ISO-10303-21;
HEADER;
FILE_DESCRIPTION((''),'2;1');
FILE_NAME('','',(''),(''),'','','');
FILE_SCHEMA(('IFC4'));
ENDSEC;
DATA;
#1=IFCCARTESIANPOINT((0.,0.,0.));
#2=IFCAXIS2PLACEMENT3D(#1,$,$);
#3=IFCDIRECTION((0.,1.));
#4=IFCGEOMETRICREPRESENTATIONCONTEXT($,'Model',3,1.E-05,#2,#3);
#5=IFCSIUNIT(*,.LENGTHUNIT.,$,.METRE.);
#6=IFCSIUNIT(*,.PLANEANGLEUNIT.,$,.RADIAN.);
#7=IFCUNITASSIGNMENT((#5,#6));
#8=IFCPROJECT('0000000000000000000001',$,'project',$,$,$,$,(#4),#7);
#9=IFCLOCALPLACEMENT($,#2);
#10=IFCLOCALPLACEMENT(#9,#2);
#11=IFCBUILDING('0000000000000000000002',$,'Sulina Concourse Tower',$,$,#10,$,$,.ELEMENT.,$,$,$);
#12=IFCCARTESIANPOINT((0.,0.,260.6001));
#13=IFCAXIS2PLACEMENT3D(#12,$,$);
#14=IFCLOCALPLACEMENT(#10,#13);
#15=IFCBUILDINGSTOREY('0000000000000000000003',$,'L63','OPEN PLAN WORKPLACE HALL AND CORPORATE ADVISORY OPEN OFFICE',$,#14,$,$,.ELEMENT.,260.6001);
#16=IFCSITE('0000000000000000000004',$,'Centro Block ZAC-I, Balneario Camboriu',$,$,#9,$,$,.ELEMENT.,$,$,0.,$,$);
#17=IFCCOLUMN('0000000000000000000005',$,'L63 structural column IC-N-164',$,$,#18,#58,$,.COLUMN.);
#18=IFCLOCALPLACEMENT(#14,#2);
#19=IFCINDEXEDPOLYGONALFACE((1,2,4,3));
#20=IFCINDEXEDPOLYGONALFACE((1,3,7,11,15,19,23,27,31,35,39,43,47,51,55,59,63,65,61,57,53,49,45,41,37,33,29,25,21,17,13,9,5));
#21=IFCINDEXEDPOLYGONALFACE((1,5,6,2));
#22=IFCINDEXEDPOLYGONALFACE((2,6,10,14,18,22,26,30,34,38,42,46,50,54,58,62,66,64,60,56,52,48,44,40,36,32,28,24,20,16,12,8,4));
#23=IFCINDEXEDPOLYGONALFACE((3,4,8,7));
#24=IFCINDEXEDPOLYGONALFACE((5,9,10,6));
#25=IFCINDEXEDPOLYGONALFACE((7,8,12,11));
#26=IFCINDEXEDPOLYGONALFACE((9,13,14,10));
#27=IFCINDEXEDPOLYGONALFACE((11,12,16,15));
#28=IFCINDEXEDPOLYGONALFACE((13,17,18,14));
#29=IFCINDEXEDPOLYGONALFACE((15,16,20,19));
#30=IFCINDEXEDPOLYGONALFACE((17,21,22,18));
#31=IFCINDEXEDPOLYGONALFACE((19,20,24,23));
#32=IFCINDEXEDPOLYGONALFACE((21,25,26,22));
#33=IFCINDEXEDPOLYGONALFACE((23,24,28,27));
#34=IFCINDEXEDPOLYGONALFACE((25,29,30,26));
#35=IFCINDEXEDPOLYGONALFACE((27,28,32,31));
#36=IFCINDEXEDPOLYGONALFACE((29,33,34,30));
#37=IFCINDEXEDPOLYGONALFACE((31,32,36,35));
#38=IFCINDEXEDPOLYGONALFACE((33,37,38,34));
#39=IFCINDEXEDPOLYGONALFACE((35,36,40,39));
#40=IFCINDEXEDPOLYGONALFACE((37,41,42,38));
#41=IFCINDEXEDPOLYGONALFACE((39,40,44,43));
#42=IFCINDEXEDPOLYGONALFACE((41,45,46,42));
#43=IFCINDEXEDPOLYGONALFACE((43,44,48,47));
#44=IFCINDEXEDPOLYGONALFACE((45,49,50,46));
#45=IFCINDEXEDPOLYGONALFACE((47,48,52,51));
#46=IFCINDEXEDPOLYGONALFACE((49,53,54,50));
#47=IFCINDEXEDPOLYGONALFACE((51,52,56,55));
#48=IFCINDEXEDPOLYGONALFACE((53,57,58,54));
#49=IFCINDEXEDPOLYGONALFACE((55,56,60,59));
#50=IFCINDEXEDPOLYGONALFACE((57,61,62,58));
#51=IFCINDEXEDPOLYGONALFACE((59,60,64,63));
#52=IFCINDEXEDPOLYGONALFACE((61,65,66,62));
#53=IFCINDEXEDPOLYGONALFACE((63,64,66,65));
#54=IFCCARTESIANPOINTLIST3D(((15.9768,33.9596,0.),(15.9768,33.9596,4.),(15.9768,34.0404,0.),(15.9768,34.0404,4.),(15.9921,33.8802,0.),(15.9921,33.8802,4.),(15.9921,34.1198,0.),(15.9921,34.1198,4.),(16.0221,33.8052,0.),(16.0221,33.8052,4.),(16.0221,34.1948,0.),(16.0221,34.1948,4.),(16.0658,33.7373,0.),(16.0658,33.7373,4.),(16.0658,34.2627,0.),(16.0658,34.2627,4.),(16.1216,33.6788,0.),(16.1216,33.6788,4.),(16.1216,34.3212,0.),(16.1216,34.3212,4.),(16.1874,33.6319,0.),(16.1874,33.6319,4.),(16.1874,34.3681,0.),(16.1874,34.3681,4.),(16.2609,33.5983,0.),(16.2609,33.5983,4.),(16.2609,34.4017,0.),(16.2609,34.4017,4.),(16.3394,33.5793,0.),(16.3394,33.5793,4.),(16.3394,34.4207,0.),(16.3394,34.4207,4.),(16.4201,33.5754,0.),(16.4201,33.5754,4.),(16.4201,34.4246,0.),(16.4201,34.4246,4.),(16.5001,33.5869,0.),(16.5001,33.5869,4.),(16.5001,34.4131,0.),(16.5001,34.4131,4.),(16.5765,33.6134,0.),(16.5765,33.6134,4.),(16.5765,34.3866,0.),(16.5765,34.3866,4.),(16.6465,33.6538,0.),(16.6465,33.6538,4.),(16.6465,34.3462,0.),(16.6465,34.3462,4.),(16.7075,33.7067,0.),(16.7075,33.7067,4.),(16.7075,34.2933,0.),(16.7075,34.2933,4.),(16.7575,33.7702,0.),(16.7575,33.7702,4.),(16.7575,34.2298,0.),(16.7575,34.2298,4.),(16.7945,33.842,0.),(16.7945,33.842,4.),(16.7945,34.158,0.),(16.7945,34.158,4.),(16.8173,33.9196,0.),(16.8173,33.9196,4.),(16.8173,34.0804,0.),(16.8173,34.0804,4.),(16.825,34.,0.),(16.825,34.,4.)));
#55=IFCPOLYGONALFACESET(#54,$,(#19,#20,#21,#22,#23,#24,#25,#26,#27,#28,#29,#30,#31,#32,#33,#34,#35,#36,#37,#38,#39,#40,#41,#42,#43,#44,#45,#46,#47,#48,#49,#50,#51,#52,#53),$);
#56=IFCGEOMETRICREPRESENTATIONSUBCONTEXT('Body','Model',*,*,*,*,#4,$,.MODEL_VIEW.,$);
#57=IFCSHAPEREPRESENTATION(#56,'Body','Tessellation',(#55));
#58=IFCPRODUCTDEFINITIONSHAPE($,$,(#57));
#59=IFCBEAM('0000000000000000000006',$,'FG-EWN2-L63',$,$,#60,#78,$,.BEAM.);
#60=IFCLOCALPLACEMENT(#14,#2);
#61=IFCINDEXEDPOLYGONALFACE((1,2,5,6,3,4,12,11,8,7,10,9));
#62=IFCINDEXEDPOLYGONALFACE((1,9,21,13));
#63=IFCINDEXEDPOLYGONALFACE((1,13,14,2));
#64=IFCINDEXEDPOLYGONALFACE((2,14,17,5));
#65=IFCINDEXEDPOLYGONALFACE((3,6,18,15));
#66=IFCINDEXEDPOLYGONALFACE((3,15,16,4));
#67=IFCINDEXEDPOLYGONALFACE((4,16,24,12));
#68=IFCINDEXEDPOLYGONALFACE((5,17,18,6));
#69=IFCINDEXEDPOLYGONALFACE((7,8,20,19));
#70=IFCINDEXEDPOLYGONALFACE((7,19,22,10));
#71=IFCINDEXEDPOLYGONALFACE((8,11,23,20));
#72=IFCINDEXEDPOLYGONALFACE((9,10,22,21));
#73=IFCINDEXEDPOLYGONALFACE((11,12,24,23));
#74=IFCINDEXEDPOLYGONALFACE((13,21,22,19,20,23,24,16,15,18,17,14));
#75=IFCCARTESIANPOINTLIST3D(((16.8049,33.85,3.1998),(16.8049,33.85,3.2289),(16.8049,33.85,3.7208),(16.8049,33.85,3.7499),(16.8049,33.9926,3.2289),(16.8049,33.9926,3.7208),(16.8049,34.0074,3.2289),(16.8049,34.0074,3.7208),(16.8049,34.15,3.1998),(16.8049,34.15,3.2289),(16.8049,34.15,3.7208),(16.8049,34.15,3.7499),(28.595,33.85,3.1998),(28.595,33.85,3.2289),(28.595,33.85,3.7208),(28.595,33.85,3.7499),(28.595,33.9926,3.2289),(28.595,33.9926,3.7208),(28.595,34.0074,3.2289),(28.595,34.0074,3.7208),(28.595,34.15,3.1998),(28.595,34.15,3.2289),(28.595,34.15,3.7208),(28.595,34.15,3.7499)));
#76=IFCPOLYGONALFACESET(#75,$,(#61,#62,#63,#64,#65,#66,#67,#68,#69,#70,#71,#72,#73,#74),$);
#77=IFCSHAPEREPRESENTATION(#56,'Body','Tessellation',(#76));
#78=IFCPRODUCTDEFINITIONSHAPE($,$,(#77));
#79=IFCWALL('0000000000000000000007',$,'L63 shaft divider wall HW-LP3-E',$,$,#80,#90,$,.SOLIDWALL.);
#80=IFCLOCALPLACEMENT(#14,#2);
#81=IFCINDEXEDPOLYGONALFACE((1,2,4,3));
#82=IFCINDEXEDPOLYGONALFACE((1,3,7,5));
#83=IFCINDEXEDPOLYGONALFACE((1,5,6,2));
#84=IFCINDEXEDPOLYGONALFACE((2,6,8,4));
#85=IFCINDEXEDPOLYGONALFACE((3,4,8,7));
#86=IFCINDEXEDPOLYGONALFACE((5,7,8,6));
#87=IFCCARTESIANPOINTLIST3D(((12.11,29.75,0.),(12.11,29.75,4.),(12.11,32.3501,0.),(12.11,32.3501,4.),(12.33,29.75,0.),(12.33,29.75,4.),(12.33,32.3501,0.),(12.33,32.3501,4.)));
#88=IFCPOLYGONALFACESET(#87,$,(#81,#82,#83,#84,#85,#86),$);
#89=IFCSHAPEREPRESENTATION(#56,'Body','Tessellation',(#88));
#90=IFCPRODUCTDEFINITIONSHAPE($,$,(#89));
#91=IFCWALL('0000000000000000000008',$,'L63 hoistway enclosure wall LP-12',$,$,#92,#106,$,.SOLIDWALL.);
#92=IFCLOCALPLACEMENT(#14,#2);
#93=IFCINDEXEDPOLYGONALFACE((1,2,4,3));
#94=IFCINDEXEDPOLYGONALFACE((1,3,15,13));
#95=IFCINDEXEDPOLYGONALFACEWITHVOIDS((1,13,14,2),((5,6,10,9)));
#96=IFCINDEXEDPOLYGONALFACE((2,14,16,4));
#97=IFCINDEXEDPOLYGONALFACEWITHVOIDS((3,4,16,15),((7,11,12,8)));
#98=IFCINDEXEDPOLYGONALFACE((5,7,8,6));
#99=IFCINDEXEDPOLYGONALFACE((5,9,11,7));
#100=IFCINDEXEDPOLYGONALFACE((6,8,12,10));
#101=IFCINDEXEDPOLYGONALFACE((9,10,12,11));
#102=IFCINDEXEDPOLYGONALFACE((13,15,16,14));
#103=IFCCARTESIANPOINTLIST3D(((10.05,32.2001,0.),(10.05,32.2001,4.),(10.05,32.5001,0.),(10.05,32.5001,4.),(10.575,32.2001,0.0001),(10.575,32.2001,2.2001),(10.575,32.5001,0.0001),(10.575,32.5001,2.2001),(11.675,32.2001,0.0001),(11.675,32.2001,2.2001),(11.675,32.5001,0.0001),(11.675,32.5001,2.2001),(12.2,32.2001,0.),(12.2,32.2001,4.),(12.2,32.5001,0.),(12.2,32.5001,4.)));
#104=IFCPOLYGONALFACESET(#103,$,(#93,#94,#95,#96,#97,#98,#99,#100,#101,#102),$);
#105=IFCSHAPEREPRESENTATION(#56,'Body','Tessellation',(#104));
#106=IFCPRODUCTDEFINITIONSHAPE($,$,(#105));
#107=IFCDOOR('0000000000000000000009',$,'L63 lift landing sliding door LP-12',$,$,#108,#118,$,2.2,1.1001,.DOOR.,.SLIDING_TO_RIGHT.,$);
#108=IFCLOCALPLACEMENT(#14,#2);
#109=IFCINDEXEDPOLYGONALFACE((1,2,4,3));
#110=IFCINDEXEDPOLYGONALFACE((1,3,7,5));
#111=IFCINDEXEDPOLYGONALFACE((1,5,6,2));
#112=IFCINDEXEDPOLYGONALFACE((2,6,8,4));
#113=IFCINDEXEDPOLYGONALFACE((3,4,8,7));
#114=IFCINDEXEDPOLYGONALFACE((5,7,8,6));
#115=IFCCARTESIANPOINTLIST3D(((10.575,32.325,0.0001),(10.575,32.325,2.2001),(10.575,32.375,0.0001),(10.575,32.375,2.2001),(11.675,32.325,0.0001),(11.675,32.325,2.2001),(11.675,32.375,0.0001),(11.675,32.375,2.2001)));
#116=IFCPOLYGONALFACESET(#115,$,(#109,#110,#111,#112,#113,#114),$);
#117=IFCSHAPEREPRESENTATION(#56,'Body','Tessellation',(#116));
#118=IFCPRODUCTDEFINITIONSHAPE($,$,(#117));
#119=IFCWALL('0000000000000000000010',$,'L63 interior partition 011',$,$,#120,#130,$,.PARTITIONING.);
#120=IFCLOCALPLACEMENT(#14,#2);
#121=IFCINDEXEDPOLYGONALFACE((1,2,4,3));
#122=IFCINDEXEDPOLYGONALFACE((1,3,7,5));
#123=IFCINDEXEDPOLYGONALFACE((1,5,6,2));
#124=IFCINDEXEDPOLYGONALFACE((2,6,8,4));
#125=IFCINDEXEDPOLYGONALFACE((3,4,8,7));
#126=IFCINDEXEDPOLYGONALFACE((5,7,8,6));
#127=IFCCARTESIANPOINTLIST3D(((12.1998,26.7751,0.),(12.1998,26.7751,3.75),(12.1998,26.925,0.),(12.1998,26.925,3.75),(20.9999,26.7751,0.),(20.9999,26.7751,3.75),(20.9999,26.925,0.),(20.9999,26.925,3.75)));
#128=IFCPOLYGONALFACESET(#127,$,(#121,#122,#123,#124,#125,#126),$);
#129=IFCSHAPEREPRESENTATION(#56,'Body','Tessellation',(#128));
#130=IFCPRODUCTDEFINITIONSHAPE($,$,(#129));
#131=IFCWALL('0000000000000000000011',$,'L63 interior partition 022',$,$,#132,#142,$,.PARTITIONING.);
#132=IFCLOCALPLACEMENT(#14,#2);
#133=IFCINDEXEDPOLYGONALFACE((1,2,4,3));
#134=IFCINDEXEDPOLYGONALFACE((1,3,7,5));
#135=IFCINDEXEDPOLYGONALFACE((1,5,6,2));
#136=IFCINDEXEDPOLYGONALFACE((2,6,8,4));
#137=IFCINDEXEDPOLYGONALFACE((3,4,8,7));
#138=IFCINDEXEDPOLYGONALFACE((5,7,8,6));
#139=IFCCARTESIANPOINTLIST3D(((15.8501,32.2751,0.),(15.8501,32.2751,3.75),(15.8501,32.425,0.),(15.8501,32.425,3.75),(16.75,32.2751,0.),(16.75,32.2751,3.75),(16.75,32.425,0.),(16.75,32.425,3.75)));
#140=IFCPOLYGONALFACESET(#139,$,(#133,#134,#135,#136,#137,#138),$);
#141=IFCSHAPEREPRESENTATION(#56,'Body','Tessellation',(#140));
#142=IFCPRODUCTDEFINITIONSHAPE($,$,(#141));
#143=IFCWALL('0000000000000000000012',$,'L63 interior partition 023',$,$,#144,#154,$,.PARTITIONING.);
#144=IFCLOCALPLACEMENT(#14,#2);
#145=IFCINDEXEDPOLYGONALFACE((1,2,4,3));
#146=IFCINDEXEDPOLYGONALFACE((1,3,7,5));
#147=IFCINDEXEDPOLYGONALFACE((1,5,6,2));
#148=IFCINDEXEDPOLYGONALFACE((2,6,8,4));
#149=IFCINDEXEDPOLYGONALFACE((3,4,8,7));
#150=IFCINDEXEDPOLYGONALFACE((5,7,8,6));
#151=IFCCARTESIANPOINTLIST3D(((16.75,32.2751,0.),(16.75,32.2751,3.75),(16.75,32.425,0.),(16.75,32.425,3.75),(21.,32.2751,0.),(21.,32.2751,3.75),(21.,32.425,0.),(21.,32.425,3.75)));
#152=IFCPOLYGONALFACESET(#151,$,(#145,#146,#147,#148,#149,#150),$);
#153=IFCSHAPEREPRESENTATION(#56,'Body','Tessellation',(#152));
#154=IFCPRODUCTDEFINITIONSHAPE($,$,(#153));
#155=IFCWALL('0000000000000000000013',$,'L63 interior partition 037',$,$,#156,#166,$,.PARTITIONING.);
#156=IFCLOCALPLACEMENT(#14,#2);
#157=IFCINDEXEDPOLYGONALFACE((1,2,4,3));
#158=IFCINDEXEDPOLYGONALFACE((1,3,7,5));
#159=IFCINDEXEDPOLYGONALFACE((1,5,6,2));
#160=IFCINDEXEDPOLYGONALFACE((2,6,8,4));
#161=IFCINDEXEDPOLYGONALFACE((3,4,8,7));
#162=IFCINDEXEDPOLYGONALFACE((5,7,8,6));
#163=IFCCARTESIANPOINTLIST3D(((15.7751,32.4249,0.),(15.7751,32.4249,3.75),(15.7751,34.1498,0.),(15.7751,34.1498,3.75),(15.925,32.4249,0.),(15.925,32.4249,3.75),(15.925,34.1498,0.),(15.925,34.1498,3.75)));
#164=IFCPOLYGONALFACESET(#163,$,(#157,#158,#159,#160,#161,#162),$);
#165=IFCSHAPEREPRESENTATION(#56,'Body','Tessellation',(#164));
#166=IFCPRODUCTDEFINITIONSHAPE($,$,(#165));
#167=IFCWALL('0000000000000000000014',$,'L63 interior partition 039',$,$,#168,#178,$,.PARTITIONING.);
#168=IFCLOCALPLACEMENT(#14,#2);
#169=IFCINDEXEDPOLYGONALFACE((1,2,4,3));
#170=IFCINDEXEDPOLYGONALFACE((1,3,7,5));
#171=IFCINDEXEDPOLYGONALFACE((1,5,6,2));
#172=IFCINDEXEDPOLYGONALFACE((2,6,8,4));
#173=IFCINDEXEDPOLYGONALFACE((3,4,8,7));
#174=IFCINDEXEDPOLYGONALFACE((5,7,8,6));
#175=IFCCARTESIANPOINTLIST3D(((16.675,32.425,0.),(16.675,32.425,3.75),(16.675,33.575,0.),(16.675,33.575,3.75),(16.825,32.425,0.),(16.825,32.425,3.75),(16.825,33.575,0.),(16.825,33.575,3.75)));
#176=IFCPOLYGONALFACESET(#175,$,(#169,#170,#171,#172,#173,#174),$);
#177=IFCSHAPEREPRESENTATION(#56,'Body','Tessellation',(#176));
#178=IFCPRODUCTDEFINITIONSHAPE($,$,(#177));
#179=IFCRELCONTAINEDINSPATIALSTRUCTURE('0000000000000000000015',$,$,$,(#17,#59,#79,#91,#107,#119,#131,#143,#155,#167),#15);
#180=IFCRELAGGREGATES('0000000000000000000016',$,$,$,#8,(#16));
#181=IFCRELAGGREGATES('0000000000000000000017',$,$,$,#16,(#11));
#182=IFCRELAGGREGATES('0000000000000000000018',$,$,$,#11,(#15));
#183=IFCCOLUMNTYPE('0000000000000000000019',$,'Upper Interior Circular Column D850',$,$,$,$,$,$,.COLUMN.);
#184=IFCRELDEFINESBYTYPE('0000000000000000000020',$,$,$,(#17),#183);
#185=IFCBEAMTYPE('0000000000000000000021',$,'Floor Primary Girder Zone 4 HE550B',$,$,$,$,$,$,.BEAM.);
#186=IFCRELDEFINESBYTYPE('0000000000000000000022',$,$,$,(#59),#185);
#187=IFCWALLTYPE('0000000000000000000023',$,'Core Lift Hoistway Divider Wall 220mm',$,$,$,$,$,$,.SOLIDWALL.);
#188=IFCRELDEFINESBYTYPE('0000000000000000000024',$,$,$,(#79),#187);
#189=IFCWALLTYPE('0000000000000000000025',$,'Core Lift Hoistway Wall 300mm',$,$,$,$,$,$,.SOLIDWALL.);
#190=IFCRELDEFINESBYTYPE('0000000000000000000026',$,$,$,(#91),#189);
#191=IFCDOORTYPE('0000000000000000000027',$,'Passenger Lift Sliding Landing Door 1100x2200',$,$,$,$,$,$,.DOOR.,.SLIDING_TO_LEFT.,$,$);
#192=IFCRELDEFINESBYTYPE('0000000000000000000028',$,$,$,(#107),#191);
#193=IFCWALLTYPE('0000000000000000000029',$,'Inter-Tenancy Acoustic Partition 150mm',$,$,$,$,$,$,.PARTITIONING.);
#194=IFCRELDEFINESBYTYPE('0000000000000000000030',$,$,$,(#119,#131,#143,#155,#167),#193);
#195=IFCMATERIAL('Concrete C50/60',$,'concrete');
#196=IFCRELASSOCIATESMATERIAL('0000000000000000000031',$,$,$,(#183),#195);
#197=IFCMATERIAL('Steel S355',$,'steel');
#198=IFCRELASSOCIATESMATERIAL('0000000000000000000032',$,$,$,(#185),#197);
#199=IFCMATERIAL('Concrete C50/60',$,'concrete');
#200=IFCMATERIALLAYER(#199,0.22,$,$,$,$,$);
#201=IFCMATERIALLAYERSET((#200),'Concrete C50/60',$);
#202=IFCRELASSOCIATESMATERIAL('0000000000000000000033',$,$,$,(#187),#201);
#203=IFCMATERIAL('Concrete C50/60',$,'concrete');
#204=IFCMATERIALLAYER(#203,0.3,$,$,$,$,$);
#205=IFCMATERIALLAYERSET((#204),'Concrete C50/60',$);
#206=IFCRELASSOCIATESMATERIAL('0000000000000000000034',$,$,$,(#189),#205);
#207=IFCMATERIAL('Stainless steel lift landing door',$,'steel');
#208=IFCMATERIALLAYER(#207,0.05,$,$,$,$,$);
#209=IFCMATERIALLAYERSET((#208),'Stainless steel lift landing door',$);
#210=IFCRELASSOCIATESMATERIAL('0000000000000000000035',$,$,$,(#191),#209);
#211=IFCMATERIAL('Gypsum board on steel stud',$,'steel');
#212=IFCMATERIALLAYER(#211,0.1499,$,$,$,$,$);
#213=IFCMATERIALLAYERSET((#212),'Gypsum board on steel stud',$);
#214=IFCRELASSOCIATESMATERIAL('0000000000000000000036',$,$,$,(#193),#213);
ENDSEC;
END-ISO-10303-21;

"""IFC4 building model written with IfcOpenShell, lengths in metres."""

from ifc_helpers import new_model, si_unit, direction, frame, frame_2d, origin, origin_2d, place, context, subcontext, project, spatial, rectangle, circle, i_section, extrude, material, layer, layer_set, material_profile, profile_set, type_object, element, fill, save


model = new_model("IFC4")

# Units and contexts
model_context = context("Model", 3, precision=1e-05, world=origin(), true_north=direction((0.0, 1.0)))
body_context = subcontext(model_context, "Body", "Model", "MODEL_VIEW")
ifc_project = project(units=[si_unit("LENGTHUNIT", "METRE"), si_unit("PLANEANGLEUNIT", "RADIAN")], contexts=[model_context])

# Site, building, storey
site_placement = place(None, origin())
site = spatial("IfcSite", under=ifc_project, at=site_placement, Name="Centro Block ZAC-I, Balneario Camboriu", CompositionType="ELEMENT", RefElevation=0.0)
building_placement = place(site_placement, origin())
building = spatial("IfcBuilding", under=site, at=building_placement, Name="Sulina Concourse Tower", CompositionType="ELEMENT")
storey_placement = place(building_placement, frame((0.0, 0.0, 260.6001)))
storey = spatial("IfcBuildingStorey", under=building, at=storey_placement, Name="L63", Description="OPEN PLAN WORKPLACE HALL AND CORPORATE ADVISORY OPEN OFFICE", CompositionType="ELEMENT", Elevation=260.6001)

# Column
ifc_material_1 = material(Name="Concrete C50/60", Category="concrete")
ifc_material_profile_1 = material_profile(ifc_material_1, circle(Radius=0.425, at=origin_2d()), Name="RC D850")
ifc_profile_set_1 = profile_set([ifc_material_profile_1], Name="Concrete C50/60")
column_type = type_object("IfcColumnType", Name="Upper Interior Circular Column D850", PredefinedType="COLUMN", material=ifc_profile_set_1)
column_placement = place(storey_placement, frame((16.3999, 34.0, 0.0), z_axis=(0.0, 0.0, 1.0), x_axis=(1.0, 0.0, 0.0)))
element("IfcColumn", 1, at=column_placement, inside=storey, type_object=column_type, Name="L63 structural column IC-N-164", PredefinedType="COLUMN", context=body_context, shape_type="SweptSolid", body=[
    extrude(circle(Radius=0.425, at=origin_2d()), origin(), (0.0, 0.0, 1.0), 4.0),
])

# Beam
ifc_material_2 = material(Name="Steel S355", Category="steel")
ifc_material_profile_2 = material_profile(ifc_material_2, i_section(OverallWidth=0.3, OverallDepth=0.55, WebThickness=0.0149, FlangeThickness=0.0291, at=origin_2d()), Name="HE 550 B")
ifc_profile_set_2 = profile_set([ifc_material_profile_2], Name="Steel S355")
beam_type = type_object("IfcBeamType", Name="Floor Primary Girder Zone 4 HE550B", PredefinedType="BEAM", material=ifc_profile_set_2)
beam_placement = place(storey_placement, frame((16.8049, 34.0, 3.4749), z_axis=(1.0, 0.0, 0.0), x_axis=(0.0, 1.0, 0.0)))
element("IfcBeam", 2, at=beam_placement, inside=storey, type_object=beam_type, Name="FG-EWN2-L63", PredefinedType="BEAM", context=body_context, shape_type="SweptSolid", body=[
    extrude(i_section(OverallWidth=0.3, OverallDepth=0.55, WebThickness=0.0149, FlangeThickness=0.0291, at=origin_2d()), origin(), (0.0, 0.0, 1.0), 11.79),
])

# Wall
ifc_material_3 = material(Name="Concrete C50/60", Category="concrete")
ifc_layer_1 = layer(ifc_material_3, 0.22)
ifc_layer_set_1 = layer_set([ifc_layer_1], Name="Concrete C50/60")
wall_type_1 = type_object("IfcWallType", Name="Core Lift Hoistway Divider Wall 220mm", PredefinedType="SOLIDWALL", material=ifc_layer_set_1)
wall_1_placement = place(storey_placement, frame((12.22, 29.75, 0.0), z_axis=(0.0, 0.0, 1.0), x_axis=(0.0, 1.0, 0.0)))
element("IfcWall", 3, at=wall_1_placement, inside=storey, type_object=wall_type_1, Name="L63 shaft divider wall HW-LP3-E", PredefinedType="SOLIDWALL", context=body_context, shape_type="SweptSolid", body=[
    extrude(rectangle(XDim=2.6001, YDim=0.22, at=frame_2d((1.3, 0.0))), origin(), (0.0, 0.0, 1.0), 4.0),
])

# Wall, opening, door
ifc_material_4 = material(Name="Concrete C50/60", Category="concrete")
ifc_layer_2 = layer(ifc_material_4, 0.3)
ifc_layer_set_2 = layer_set([ifc_layer_2], Name="Concrete C50/60")
wall_type_2 = type_object("IfcWallType", Name="Core Lift Hoistway Wall 300mm", PredefinedType="SOLIDWALL", material=ifc_layer_set_2)
wall_2_placement = place(storey_placement, frame((10.05, 32.3501, 0.0), z_axis=(0.0, 0.0, 1.0), x_axis=(1.0, 0.0, 0.0)))
wall_2 = element("IfcWall", 4, at=wall_2_placement, inside=storey, type_object=wall_type_2, Name="L63 hoistway enclosure wall LP-12", PredefinedType="SOLIDWALL", context=body_context, shape_type="SweptSolid", body=[
    extrude(rectangle(XDim=2.1499, YDim=0.3, at=frame_2d((1.075, 0.0))), origin(), (0.0, 0.0, 1.0), 4.0),
])
opening_1_placement = place(wall_2_placement, frame((0.5249, 0.0, 0.0)))
opening_1 = element("IfcOpeningElement", 5, at=opening_1_placement, cuts=wall_2, PredefinedType="OPENING", context=body_context, shape_type="SweptSolid", body=[
    extrude(rectangle(XDim=1.1001, YDim=2.2, at=frame_2d((0.55, 1.1001))), frame((0.0, 0.1599, 0.0), z_axis=(0.0, -1.0, 0.0), x_axis=(1.0, 0.0, 0.0)), (0.0, 0.0, 1.0), 0.3201),
])
ifc_material_5 = material(Name="Stainless steel lift landing door", Category="steel")
ifc_layer_3 = layer(ifc_material_5, 0.05)
ifc_layer_set_3 = layer_set([ifc_layer_3], Name="Stainless steel lift landing door")
door_type_1 = type_object("IfcDoorType", Name="Passenger Lift Sliding Landing Door 1100x2200", OperationType="SLIDING_TO_LEFT", PredefinedType="DOOR", material=ifc_layer_set_3)
door_1_placement = place(opening_1_placement, origin())
door_1 = element("IfcDoor", 6, at=door_1_placement, inside=storey, type_object=door_type_1, Name="L63 lift landing sliding door LP-12", OperationType="SLIDING_TO_RIGHT", OverallHeight=2.2, OverallWidth=1.1001, PredefinedType="DOOR", context=body_context, shape_type="SweptSolid", body=[
    extrude(rectangle(XDim=1.1001, YDim=2.2, at=frame_2d((0.55, 1.1001))), frame((0.0, 0.0249, 0.0), z_axis=(0.0, -1.0, 0.0), x_axis=(1.0, 0.0, 0.0)), (0.0, 0.0, 1.0), 0.05),
])
fill(opening_1, door_1)

# Wall
ifc_material_6 = material(Name="Gypsum board on steel stud", Category="steel")
ifc_layer_4 = layer(ifc_material_6, 0.1499)
ifc_layer_set_4 = layer_set([ifc_layer_4], Name="Gypsum board on steel stud")
wall_type_3 = type_object("IfcWallType", Name="Inter-Tenancy Acoustic Partition 150mm", PredefinedType="PARTITIONING", material=ifc_layer_set_4)
wall_3_placement = place(storey_placement, frame((12.2, 26.8501, 0.0), z_axis=(0.0, 0.0, 1.0), x_axis=(1.0, 0.0, 0.0)))
element("IfcWall", 7, at=wall_3_placement, inside=storey, type_object=wall_type_3, Name="L63 interior partition 011", PredefinedType="PARTITIONING", context=body_context, shape_type="SweptSolid", body=[
    extrude(rectangle(XDim=8.8, YDim=0.1499, at=frame_2d((4.3999, 0.0))), origin(), (0.0, 0.0, 1.0), 3.75),
])

# Walls
wall_4_placement = place(storey_placement, frame((15.8501, 32.3501, 0.0), z_axis=(0.0, 0.0, 1.0), x_axis=(1.0, 0.0, 0.0)))
element("IfcWall", 8, at=wall_4_placement, inside=storey, type_object=wall_type_3, Name="L63 interior partition 022", PredefinedType="PARTITIONING", context=body_context, shape_type="SweptSolid", body=[
    extrude(rectangle(XDim=0.8999, YDim=0.1499, at=frame_2d((0.45, 0.0))), origin(), (0.0, 0.0, 1.0), 3.75),
])
wall_5_placement = place(storey_placement, frame((16.75, 32.3501, 0.0), z_axis=(0.0, 0.0, 1.0), x_axis=(1.0, 0.0, 0.0)))
element("IfcWall", 9, at=wall_5_placement, inside=storey, type_object=wall_type_3, Name="L63 interior partition 023", PredefinedType="PARTITIONING", context=body_context, shape_type="SweptSolid", body=[
    extrude(rectangle(XDim=4.25, YDim=0.1499, at=frame_2d((2.125, 0.0))), origin(), (0.0, 0.0, 1.0), 3.75),
])
wall_6_placement = place(storey_placement, frame((15.8501, 32.425, 0.0), z_axis=(0.0, 0.0, 1.0), x_axis=(0.0, 1.0, 0.0)))
element("IfcWall", 10, at=wall_6_placement, inside=storey, type_object=wall_type_3, Name="L63 interior partition 037", PredefinedType="PARTITIONING", context=body_context, shape_type="SweptSolid", body=[
    extrude(rectangle(XDim=1.7249, YDim=0.1499, at=frame_2d((0.8623, 0.0))), origin(), (0.0, 0.0, 1.0), 3.75),
])
wall_7_placement = place(storey_placement, frame((16.75, 32.425, 0.0), z_axis=(0.0, 0.0, 1.0), x_axis=(0.0, 1.0, 0.0)))
element("IfcWall", 11, at=wall_7_placement, inside=storey, type_object=wall_type_3, Name="L63 interior partition 039", PredefinedType="PARTITIONING", context=body_context, shape_type="SweptSolid", body=[
    extrude(rectangle(XDim=1.1499, YDim=0.1499, at=frame_2d((0.575, 0.0))), origin(), (0.0, 0.0, 1.0), 3.75),
])

save(model, "model.ifc")
